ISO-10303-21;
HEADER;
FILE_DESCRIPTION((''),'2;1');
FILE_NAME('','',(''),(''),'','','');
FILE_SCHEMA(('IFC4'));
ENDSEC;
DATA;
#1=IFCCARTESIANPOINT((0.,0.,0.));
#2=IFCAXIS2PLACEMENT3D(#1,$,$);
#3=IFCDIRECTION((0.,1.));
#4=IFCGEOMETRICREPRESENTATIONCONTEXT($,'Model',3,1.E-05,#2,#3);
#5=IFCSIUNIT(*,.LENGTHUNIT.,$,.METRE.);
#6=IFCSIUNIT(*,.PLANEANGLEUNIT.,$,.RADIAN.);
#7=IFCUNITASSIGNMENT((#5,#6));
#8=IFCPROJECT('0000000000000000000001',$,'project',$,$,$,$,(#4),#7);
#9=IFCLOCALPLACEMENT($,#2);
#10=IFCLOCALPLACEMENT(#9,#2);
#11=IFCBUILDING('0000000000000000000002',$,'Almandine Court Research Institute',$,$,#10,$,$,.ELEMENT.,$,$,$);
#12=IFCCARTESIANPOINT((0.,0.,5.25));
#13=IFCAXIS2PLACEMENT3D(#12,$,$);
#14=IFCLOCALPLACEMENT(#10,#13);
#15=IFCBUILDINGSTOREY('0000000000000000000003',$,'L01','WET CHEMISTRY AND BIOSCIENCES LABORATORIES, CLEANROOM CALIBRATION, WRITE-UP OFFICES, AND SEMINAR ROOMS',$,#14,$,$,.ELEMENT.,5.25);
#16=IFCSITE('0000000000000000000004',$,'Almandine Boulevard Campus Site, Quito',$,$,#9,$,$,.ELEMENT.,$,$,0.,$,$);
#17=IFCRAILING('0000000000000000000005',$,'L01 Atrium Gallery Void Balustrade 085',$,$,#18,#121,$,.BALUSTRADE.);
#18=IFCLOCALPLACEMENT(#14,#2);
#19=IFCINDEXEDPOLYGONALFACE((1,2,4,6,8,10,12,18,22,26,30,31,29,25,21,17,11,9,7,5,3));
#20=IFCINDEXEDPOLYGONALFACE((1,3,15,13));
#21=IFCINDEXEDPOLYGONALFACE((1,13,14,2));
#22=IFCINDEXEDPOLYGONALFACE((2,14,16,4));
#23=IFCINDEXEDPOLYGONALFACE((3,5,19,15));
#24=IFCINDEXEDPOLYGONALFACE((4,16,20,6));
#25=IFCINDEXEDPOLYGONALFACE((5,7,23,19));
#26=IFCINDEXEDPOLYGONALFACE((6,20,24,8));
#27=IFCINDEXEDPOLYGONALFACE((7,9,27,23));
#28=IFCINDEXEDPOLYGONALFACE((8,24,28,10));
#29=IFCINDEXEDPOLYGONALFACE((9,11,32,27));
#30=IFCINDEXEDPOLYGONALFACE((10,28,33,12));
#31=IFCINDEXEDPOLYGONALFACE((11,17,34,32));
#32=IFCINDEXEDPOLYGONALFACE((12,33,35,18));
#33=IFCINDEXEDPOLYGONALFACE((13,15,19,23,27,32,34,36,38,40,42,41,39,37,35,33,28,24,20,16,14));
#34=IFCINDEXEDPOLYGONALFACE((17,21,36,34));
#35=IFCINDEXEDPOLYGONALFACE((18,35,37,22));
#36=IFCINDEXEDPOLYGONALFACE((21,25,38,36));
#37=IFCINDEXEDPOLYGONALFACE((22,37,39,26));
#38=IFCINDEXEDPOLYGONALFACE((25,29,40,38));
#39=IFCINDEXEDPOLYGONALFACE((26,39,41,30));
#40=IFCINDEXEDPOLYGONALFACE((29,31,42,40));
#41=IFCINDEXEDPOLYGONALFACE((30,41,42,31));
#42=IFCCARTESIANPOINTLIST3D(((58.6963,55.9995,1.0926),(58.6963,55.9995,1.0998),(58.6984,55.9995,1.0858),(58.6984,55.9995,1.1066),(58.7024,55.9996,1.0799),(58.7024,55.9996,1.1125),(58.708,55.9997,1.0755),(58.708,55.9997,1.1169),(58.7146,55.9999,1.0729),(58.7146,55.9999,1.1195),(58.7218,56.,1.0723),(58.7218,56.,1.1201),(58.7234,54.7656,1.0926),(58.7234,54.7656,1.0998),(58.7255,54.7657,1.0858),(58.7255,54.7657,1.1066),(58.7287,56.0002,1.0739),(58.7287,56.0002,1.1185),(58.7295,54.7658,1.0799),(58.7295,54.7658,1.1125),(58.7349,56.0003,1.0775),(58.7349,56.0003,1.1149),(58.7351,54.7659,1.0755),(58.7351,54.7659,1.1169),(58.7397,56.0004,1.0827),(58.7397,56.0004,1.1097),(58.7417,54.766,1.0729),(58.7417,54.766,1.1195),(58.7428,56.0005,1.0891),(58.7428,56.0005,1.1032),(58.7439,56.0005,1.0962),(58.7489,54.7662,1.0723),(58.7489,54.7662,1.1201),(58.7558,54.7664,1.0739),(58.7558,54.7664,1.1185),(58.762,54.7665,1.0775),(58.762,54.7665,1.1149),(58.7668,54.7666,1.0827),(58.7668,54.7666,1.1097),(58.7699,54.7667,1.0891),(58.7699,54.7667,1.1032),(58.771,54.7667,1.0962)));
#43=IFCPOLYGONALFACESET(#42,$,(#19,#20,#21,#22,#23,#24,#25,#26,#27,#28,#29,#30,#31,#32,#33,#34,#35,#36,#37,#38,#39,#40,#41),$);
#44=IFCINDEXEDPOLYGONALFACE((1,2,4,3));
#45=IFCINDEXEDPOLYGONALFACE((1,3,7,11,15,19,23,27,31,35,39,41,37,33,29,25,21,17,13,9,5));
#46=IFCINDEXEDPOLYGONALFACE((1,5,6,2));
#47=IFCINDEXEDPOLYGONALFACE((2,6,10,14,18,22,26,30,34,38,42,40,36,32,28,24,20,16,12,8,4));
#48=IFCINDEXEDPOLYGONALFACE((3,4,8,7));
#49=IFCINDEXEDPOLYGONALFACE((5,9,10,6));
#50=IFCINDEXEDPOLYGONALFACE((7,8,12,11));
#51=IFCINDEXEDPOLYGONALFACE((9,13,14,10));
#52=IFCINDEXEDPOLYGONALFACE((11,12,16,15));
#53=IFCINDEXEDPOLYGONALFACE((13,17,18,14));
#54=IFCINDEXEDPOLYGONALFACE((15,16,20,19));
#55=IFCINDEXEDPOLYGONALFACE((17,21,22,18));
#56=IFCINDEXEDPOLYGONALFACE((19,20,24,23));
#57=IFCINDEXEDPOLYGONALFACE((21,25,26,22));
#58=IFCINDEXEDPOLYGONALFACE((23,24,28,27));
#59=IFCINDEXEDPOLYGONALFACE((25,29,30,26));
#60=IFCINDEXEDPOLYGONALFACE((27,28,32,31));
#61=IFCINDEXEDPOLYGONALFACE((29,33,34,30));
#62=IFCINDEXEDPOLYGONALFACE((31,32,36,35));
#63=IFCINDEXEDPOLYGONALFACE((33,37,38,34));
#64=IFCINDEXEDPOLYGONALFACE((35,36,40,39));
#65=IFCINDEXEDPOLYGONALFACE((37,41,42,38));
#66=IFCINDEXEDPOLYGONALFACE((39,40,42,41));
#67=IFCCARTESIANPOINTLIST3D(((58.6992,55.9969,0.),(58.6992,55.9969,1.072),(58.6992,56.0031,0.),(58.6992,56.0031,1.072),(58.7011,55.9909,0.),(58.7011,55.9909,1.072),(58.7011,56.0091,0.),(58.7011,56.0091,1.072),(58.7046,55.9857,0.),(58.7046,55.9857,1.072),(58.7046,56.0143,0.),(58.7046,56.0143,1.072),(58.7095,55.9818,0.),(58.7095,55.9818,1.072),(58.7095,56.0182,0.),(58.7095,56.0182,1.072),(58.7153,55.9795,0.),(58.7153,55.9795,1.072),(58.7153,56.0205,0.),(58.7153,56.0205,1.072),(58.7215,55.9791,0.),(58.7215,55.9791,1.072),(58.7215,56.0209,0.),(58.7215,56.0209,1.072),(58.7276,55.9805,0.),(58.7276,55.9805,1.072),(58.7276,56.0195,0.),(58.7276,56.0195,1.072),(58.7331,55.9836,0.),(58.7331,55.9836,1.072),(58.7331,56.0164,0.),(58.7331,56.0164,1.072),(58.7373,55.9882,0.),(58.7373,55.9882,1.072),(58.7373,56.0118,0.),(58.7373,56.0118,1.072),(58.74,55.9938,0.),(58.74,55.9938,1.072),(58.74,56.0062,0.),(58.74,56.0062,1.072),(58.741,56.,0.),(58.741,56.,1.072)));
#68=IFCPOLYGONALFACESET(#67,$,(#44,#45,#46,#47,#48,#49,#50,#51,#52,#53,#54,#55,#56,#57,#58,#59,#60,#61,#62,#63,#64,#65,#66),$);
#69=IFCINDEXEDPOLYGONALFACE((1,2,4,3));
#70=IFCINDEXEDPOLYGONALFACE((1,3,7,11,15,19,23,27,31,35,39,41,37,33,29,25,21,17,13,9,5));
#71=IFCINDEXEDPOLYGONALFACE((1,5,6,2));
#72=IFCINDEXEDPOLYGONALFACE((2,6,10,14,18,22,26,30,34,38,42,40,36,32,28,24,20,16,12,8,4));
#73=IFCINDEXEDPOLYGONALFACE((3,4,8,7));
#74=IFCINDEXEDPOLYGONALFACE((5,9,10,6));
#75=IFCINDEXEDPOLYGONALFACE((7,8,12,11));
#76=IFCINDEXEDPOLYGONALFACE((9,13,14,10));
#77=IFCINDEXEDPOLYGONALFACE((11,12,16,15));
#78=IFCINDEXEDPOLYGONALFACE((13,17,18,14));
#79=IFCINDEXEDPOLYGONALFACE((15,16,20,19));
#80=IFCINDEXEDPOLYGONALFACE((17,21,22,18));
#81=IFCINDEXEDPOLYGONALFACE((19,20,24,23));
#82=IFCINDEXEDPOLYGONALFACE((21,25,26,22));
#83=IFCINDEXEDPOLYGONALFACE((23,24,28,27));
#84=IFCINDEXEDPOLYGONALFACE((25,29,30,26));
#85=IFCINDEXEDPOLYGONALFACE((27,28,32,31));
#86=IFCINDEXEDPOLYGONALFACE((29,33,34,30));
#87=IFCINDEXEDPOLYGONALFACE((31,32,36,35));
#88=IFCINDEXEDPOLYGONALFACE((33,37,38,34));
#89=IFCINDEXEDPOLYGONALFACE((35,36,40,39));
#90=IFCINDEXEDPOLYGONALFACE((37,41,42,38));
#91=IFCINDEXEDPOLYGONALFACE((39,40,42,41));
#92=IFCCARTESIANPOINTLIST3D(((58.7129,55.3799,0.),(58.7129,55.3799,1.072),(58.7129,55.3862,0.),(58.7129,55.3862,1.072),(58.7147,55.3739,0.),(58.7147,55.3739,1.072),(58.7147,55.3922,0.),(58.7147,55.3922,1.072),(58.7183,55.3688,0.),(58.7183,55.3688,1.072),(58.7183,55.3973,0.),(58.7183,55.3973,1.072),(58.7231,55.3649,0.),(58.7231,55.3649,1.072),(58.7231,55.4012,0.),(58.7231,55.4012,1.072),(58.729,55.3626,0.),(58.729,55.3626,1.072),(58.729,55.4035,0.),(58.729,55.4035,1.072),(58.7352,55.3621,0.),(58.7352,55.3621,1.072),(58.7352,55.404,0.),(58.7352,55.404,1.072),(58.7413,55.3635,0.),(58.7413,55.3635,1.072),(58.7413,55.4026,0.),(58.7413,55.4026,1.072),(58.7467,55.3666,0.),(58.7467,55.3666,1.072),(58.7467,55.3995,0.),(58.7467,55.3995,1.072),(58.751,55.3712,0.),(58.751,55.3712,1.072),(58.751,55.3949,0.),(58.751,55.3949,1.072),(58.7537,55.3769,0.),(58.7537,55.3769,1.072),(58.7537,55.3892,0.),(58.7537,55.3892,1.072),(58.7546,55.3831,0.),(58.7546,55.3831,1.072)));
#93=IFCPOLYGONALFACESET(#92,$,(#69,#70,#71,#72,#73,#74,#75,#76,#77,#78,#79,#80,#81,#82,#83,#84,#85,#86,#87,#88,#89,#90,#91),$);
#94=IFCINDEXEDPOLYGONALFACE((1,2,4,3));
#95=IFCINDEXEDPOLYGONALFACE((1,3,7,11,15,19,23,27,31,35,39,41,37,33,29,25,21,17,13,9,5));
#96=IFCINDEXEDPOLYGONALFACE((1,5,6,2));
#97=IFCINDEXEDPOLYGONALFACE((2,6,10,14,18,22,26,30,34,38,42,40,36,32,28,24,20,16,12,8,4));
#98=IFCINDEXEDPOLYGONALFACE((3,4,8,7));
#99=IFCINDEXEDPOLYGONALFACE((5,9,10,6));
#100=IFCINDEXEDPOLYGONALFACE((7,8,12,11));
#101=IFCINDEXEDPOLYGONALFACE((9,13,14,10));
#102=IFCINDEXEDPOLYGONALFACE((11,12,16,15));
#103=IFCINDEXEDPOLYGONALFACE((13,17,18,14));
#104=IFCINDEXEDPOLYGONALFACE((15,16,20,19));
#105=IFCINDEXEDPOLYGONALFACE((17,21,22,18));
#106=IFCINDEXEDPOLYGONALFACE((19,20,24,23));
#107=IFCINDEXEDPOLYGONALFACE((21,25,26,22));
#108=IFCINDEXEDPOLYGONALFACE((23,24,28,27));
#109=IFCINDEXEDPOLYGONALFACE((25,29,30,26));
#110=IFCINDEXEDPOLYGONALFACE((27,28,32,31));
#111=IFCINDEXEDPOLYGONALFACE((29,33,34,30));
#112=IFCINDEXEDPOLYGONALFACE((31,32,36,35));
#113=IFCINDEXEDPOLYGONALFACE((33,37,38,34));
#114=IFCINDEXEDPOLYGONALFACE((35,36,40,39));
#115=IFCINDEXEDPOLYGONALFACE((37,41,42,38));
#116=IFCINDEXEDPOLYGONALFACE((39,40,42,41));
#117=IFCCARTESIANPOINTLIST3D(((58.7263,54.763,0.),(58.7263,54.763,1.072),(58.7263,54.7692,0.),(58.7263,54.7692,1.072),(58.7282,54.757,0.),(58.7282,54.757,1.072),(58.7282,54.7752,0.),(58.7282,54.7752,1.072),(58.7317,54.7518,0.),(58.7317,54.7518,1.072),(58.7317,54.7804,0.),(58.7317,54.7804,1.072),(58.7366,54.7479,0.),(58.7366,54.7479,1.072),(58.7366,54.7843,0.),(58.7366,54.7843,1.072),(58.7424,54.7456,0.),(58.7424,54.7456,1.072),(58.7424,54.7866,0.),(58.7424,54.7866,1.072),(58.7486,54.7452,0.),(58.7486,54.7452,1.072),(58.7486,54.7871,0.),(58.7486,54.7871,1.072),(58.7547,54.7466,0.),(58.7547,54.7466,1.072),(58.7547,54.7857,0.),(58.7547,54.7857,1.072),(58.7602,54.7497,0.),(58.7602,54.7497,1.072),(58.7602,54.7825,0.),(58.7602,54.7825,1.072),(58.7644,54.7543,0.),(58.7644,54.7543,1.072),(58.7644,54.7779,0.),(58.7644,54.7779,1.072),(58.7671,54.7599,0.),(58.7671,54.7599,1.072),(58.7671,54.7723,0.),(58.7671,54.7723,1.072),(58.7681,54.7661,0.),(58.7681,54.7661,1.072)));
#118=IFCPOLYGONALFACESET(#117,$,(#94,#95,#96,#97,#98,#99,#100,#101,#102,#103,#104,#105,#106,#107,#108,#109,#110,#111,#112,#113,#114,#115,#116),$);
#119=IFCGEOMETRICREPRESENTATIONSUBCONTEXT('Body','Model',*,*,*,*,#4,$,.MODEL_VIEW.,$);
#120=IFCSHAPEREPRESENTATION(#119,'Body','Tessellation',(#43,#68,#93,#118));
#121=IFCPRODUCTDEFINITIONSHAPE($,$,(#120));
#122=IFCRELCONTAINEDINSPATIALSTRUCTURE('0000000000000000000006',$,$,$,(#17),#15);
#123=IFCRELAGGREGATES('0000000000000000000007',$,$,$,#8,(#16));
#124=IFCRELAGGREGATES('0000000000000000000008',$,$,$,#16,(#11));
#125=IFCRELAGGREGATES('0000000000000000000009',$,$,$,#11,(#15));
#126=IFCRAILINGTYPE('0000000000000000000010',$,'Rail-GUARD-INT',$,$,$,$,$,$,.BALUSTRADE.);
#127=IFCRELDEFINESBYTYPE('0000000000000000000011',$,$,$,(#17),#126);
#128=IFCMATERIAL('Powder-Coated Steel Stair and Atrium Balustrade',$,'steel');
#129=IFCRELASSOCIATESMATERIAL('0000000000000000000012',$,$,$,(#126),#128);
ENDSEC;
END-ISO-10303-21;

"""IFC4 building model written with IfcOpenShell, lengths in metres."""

from ifc_helpers import new_model, si_unit, direction, frame, origin, origin_2d, place, context, subcontext, project, spatial, circle, extrude, material, type_object, element, save


model = new_model("IFC4")

# Units and contexts
model_context = context("Model", 3, precision=1e-05, world=origin(), true_north=direction((0.0, 1.0)))
body_context = subcontext(model_context, "Body", "Model", "MODEL_VIEW")
ifc_project = project(units=[si_unit("LENGTHUNIT", "METRE"), si_unit("PLANEANGLEUNIT", "RADIAN")], contexts=[model_context])

# Site, building, storey
site_placement = place(None, origin())
site = spatial("IfcSite", under=ifc_project, at=site_placement, Name="Almandine Boulevard Campus Site, Quito", CompositionType="ELEMENT", RefElevation=0.0)
building_placement = place(site_placement, origin())
building = spatial("IfcBuilding", under=site, at=building_placement, Name="Almandine Court Research Institute", CompositionType="ELEMENT")
storey_placement = place(building_placement, frame((0.0, 0.0, 5.25)))
storey = spatial("IfcBuildingStorey", under=building, at=storey_placement, Name="L01", Description="WET CHEMISTRY AND BIOSCIENCES LABORATORIES, CLEANROOM CALIBRATION, WRITE-UP OFFICES, AND SEMINAR ROOMS", CompositionType="ELEMENT", Elevation=5.25)

# Railing
ifc_material_1 = material(Name="Powder-Coated Steel Stair and Atrium Balustrade", Category="steel")
railing_type = type_object("IfcRailingType", Name="Rail-GUARD-INT", PredefinedType="BALUSTRADE", material=ifc_material_1)
railing_1_placement = place(storey_placement, frame((58.72, 56.0, 0.0)))
element("IfcRailing", 1, at=railing_1_placement, inside=storey, type_object=railing_type, Name="L01 Atrium Gallery Void Balustrade 085", PredefinedType="BALUSTRADE", context=body_context, shape_type="SweptSolid", body=[
    extrude(circle(Radius=0.0239, at=origin_2d()), frame((0.0, 0.0, 1.0962), z_axis=(0.021958, -0.999759, 0.0), x_axis=(0.999759, 0.021958, 0.0)), (0.0, 0.0, 1.0), 1.2341),
    extrude(circle(Radius=0.021, at=origin_2d()), origin(), (0.0, 0.0, 1.0), 1.072),
    extrude(circle(Radius=0.021, at=origin_2d()), frame((0.0137, -0.6169, 0.0)), (0.0, 0.0, 1.0), 1.072),
    extrude(circle(Radius=0.021, at=origin_2d()), frame((0.0271, -1.2339, 0.0)), (0.0, 0.0, 1.0), 1.072),
])

save(model, "model.ifc")
